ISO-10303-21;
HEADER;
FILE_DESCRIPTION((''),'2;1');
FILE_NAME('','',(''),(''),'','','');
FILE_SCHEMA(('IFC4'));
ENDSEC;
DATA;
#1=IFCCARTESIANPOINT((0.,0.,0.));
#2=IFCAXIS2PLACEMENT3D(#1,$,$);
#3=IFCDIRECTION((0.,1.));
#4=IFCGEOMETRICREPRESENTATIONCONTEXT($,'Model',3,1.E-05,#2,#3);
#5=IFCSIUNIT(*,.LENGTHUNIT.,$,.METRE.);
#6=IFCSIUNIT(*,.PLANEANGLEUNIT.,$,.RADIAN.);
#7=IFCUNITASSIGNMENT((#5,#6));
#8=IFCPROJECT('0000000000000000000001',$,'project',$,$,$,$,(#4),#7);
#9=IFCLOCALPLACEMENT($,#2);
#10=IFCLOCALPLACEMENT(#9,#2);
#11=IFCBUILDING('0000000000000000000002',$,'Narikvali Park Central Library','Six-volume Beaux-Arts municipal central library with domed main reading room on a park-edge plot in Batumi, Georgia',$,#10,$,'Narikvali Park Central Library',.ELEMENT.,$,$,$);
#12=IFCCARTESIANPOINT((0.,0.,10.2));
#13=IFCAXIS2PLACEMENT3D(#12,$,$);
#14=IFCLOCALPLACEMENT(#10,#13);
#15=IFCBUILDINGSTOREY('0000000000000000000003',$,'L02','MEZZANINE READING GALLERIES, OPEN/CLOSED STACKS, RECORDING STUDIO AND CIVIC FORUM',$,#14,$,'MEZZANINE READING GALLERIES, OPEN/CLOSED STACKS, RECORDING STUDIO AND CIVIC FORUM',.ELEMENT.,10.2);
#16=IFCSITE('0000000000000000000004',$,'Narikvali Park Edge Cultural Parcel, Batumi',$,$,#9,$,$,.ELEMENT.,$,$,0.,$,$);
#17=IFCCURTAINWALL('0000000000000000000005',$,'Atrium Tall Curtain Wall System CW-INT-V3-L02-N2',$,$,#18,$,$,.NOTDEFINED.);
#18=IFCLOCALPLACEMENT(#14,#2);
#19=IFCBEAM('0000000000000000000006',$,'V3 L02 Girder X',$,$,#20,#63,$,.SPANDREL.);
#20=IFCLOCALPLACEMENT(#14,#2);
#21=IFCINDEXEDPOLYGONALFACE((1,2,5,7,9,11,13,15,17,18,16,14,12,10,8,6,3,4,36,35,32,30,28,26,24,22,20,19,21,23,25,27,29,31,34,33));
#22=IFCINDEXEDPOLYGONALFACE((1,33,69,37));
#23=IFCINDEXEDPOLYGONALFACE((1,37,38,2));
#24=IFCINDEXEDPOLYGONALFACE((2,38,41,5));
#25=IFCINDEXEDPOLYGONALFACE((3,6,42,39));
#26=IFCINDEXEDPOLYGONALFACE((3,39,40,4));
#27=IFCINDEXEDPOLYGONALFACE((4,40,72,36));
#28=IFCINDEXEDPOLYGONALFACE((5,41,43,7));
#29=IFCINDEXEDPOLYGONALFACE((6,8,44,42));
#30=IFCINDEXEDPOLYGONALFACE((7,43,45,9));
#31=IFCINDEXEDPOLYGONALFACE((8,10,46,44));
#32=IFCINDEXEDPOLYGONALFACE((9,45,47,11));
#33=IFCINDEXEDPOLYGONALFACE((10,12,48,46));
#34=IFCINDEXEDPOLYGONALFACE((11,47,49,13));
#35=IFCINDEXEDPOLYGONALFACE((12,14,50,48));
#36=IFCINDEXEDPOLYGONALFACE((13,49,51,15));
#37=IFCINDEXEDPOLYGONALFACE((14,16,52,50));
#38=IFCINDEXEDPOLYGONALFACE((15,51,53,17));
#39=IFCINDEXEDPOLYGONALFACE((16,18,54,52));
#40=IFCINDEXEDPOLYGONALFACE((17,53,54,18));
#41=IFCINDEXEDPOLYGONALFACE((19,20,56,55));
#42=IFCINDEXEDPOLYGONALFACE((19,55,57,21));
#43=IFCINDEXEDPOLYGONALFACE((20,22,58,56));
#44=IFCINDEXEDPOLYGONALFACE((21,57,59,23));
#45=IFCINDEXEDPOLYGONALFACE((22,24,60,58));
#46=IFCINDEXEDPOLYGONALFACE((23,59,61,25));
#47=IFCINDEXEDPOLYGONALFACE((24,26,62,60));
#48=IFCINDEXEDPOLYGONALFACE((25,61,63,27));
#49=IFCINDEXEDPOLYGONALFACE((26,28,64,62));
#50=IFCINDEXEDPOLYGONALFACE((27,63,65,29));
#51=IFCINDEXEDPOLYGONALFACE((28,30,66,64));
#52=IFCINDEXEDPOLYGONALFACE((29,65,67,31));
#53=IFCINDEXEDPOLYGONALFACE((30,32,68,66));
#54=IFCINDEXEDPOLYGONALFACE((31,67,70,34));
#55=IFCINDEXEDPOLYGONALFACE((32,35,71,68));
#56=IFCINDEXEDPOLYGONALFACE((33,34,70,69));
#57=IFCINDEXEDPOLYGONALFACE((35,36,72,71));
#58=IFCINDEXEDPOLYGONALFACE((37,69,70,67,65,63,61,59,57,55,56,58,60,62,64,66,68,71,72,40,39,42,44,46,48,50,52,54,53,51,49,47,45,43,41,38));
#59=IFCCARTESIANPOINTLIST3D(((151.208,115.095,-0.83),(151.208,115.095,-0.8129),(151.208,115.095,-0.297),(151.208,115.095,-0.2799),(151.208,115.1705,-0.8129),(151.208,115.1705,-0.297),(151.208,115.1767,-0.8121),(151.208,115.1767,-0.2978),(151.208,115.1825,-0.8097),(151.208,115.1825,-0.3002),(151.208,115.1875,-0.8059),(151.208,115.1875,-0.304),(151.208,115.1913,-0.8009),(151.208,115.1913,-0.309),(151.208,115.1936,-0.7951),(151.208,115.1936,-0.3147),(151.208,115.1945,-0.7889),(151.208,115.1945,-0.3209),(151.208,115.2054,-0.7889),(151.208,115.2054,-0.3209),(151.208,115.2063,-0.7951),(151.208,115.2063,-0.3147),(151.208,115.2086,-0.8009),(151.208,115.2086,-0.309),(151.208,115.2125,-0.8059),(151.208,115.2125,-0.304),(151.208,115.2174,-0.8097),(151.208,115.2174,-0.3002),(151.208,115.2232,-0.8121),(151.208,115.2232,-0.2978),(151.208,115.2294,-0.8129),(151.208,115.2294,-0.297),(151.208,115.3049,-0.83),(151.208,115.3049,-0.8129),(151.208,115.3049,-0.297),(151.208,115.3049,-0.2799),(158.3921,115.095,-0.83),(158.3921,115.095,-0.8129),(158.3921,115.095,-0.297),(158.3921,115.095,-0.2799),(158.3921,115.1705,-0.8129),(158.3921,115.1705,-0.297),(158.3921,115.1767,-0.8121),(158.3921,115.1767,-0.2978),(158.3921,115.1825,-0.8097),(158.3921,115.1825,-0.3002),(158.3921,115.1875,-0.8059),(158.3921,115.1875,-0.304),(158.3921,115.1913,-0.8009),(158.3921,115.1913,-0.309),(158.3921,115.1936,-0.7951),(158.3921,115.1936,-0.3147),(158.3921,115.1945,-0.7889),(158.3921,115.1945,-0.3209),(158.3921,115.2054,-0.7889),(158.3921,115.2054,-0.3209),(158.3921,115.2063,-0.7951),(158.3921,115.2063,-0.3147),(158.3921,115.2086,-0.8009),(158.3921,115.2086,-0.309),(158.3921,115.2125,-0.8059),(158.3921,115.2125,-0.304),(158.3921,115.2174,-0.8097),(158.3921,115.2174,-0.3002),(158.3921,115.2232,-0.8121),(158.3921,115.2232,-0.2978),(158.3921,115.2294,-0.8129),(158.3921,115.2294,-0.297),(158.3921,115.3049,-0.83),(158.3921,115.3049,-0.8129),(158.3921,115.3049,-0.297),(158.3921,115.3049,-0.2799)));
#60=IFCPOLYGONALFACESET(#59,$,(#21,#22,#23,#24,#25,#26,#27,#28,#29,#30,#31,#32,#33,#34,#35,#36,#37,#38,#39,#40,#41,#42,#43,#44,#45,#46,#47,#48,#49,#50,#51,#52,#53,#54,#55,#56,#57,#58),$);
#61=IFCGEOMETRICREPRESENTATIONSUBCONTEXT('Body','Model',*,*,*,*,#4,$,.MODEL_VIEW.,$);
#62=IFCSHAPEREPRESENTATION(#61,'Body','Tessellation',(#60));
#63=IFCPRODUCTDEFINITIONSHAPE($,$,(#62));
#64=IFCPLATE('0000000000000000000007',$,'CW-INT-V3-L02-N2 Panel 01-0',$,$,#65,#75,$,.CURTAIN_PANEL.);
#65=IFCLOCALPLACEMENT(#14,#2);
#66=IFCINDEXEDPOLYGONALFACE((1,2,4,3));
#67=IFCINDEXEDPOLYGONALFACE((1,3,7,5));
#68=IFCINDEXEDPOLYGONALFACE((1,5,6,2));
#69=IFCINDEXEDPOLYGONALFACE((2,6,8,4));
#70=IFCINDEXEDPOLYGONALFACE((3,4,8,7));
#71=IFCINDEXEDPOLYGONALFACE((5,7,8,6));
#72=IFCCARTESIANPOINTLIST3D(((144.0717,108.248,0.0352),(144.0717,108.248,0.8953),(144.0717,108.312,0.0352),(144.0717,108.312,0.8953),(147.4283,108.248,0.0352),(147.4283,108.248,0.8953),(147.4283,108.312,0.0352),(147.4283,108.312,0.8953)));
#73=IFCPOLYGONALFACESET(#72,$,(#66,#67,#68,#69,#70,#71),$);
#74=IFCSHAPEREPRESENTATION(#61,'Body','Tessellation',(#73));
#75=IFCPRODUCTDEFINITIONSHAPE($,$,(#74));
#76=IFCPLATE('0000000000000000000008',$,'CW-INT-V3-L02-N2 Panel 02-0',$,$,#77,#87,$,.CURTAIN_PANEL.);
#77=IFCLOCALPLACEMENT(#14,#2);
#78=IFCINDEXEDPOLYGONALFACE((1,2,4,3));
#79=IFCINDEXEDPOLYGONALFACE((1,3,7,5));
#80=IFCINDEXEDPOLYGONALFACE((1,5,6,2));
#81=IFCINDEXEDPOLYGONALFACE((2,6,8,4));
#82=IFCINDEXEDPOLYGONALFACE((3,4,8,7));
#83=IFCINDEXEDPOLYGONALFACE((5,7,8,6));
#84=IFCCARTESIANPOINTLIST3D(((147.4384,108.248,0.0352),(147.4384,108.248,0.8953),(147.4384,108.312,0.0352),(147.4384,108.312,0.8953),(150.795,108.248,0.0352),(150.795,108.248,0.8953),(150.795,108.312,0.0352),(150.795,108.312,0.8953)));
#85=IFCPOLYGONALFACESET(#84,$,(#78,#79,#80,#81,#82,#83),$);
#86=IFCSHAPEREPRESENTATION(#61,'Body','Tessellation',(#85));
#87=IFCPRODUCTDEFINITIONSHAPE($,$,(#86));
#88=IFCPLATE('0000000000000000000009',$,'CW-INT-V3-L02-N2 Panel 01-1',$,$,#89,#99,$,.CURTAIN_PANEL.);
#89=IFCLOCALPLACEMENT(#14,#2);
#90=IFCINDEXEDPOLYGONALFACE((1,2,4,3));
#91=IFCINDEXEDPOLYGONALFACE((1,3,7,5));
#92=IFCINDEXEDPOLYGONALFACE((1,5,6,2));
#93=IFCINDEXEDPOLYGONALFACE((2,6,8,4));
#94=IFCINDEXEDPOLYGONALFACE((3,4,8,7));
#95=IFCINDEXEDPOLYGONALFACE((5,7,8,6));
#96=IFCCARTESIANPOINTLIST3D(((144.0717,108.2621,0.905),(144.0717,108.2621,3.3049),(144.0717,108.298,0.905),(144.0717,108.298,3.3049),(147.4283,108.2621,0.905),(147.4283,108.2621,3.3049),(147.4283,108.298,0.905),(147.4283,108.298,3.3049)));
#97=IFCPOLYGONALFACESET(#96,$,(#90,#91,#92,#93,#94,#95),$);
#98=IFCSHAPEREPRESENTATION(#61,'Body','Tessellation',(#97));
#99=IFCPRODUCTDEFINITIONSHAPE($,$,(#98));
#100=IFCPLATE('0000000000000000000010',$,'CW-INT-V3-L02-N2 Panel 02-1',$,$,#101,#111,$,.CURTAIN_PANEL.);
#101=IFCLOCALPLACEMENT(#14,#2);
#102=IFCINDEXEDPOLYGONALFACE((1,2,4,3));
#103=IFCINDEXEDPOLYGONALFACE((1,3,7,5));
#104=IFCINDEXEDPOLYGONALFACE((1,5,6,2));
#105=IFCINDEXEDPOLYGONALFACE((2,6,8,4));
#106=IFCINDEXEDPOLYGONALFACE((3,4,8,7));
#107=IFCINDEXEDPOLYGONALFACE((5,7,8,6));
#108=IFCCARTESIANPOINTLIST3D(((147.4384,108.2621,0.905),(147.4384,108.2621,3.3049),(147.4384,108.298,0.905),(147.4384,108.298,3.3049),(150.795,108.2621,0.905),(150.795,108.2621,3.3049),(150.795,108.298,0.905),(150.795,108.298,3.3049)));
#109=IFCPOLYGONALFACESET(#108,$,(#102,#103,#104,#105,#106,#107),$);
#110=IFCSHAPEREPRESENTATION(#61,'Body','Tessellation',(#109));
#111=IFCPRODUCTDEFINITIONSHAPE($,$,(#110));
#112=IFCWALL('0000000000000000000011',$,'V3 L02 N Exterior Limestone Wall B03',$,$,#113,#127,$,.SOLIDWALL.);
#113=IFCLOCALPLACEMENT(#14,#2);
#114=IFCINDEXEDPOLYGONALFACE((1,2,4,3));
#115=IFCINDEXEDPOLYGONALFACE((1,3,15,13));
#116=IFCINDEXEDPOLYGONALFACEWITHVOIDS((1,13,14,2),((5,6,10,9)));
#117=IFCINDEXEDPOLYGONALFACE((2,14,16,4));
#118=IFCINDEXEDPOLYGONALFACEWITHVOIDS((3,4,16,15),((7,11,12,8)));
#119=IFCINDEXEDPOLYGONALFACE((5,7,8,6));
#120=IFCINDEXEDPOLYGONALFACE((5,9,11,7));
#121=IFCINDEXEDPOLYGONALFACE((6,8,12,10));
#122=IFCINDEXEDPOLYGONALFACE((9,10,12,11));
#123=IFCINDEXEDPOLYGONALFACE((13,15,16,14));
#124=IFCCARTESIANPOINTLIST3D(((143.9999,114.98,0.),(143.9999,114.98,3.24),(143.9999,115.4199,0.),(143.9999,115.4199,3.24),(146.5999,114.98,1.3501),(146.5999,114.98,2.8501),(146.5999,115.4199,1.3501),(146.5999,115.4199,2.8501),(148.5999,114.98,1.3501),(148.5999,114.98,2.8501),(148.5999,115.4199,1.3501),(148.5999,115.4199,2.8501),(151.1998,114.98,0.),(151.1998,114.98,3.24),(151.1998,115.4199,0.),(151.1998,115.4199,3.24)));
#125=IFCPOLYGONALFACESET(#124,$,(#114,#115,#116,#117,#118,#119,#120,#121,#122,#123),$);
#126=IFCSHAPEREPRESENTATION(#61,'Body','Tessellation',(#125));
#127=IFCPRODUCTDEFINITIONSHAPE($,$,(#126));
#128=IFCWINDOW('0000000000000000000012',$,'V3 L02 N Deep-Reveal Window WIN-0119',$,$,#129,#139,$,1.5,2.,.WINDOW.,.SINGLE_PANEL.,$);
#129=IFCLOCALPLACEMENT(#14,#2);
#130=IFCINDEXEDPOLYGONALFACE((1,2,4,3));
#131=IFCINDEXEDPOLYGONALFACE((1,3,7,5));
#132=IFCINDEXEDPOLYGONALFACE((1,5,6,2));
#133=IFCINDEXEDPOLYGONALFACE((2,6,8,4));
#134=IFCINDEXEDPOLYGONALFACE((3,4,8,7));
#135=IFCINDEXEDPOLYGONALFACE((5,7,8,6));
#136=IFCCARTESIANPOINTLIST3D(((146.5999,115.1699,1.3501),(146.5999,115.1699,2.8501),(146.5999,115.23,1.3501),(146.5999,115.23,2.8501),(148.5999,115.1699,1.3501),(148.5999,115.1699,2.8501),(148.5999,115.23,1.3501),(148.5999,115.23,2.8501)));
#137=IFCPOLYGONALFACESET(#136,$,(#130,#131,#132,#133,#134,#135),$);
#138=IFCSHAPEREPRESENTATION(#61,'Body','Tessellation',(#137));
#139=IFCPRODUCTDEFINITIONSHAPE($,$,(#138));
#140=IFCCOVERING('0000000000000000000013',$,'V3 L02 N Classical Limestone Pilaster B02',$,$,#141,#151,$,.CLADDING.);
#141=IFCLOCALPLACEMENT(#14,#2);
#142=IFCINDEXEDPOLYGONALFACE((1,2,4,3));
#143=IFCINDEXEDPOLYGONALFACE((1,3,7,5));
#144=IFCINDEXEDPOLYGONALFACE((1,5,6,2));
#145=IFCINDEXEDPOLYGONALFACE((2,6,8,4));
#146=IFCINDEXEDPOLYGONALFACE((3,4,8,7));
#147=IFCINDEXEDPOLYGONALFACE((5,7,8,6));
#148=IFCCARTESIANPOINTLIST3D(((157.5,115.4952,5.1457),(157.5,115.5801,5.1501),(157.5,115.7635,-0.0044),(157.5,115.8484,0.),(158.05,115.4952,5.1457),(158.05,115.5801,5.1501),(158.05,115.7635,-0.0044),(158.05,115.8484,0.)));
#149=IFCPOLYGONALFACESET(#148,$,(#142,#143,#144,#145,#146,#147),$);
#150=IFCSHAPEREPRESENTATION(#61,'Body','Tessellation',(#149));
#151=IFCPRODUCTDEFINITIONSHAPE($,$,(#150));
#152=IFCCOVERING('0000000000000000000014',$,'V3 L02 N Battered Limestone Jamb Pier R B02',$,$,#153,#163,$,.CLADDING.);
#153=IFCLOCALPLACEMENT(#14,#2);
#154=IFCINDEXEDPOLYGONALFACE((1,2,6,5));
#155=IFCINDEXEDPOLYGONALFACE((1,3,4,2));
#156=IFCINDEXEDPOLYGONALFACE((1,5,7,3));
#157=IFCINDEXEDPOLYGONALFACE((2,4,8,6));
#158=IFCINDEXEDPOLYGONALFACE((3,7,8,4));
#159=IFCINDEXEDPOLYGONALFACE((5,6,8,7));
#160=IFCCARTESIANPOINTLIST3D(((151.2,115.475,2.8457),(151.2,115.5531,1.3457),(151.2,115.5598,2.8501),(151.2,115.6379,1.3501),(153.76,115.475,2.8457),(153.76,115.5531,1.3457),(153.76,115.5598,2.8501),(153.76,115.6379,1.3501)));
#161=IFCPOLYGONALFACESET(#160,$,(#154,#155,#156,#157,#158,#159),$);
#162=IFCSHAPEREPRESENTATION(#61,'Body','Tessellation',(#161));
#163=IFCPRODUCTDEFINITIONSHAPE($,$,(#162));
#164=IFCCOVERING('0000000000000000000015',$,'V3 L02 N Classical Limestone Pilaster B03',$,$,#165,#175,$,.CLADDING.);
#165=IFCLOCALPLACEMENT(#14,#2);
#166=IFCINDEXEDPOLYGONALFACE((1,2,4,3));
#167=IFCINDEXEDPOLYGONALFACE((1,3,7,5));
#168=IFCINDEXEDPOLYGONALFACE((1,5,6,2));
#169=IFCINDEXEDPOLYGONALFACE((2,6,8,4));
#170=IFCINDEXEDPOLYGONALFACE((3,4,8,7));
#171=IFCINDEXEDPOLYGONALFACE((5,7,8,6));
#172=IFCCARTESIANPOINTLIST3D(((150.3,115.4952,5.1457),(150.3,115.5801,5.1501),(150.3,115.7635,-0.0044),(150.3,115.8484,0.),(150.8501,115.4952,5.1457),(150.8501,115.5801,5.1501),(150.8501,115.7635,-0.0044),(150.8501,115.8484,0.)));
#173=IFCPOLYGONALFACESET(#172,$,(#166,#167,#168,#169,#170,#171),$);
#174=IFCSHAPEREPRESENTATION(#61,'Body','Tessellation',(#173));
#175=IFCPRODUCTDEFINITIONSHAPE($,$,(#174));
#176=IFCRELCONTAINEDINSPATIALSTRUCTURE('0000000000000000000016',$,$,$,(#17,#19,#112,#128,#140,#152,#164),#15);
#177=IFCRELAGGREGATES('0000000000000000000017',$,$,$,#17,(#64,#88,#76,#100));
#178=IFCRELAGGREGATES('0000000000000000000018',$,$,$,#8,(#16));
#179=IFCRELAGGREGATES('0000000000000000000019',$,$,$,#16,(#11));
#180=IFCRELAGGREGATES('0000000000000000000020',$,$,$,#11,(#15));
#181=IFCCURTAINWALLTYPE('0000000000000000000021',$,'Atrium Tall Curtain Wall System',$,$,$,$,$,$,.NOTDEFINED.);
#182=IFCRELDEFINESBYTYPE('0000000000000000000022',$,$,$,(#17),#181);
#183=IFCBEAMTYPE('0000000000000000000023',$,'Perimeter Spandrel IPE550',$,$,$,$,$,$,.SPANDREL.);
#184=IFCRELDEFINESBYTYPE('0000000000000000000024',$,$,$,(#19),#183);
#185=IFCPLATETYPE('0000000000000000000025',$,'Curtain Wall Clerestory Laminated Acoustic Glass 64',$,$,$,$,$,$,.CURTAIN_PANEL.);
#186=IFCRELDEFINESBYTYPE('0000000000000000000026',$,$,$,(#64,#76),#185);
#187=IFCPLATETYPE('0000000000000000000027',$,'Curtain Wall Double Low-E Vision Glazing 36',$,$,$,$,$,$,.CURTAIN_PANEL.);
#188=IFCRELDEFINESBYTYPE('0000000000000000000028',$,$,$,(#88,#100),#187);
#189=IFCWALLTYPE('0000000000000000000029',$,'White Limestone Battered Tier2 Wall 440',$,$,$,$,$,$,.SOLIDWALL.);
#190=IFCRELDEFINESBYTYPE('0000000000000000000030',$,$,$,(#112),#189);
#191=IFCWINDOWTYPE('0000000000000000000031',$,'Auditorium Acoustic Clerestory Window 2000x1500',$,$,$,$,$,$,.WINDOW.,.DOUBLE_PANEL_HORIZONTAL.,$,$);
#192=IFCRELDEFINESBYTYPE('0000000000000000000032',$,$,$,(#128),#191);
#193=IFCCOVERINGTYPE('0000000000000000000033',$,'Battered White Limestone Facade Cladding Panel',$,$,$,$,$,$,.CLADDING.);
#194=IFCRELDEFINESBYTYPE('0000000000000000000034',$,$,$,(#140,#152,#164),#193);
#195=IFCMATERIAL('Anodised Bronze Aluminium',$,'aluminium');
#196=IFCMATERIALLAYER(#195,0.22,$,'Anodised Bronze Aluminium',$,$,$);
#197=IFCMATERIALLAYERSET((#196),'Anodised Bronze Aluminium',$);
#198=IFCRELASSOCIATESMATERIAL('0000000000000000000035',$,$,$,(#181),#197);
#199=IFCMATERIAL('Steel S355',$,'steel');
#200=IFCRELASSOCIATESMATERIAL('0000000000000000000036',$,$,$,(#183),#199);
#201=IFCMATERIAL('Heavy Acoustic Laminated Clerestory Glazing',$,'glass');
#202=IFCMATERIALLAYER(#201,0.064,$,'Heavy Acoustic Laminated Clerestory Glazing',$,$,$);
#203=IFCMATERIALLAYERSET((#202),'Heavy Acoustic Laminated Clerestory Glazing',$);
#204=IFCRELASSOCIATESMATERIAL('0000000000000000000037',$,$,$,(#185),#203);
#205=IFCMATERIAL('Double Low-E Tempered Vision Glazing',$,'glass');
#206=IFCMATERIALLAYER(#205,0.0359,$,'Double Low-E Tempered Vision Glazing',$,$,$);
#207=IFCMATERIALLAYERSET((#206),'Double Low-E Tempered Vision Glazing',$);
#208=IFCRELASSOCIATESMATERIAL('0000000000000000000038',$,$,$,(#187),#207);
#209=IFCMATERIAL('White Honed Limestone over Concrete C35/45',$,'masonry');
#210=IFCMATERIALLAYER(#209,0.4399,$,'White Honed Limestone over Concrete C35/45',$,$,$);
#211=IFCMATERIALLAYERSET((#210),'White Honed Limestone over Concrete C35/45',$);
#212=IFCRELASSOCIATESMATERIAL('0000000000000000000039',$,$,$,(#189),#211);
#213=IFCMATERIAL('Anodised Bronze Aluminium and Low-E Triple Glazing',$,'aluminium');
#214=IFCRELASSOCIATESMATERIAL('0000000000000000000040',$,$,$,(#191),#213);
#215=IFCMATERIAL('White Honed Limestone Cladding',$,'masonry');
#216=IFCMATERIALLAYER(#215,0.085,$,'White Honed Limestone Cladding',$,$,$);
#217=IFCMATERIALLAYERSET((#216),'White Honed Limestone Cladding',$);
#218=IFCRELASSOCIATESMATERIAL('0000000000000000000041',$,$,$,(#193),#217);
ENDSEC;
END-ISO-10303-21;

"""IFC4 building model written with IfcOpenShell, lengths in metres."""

from ifc_helpers import new_model, si_unit, direction, frame, frame_2d, origin, origin_2d, place, context, subcontext, project, spatial, polyline, rectangle, i_section, outline, extrude, material, layer, layer_set, material_profile, profile_set, type_object, element, fill, aggregate, save


model = new_model("IFC4")

# Units and contexts
model_context = context("Model", 3, precision=1e-05, world=origin(), true_north=direction((0.0, 1.0)))
body_context = subcontext(model_context, "Body", "Model", "MODEL_VIEW")
ifc_project = project(units=[si_unit("LENGTHUNIT", "METRE"), si_unit("PLANEANGLEUNIT", "RADIAN")], contexts=[model_context])

# Site, building, storey
site_placement = place(None, origin())
site = spatial("IfcSite", under=ifc_project, at=site_placement, Name="Narikvali Park Edge Cultural Parcel, Batumi", CompositionType="ELEMENT", RefElevation=0.0)
building_placement = place(site_placement, origin())
building = spatial("IfcBuilding", under=site, at=building_placement, Name="Narikvali Park Central Library", Description="Six-volume Beaux-Arts municipal central library with domed main reading room on a park-edge plot in Batumi, Georgia", LongName="Narikvali Park Central Library", CompositionType="ELEMENT")
storey_placement = place(building_placement, frame((0.0, 0.0, 10.2)))
storey = spatial("IfcBuildingStorey", under=building, at=storey_placement, Name="L02", Description="MEZZANINE READING GALLERIES, OPEN/CLOSED STACKS, RECORDING STUDIO AND CIVIC FORUM", LongName="MEZZANINE READING GALLERIES, OPEN/CLOSED STACKS, RECORDING STUDIO AND CIVIC FORUM", CompositionType="ELEMENT", Elevation=10.2)

# Shared definitions
ifc_material_1 = material(Name="Steel S355", Category="steel")

# Curtain wall
ifc_material_2 = material(Name="Anodised Bronze Aluminium", Category="aluminium")
ifc_layer_1 = layer(ifc_material_2, 0.22, Name="Anodised Bronze Aluminium")
ifc_layer_set_1 = layer_set([ifc_layer_1], Name="Anodised Bronze Aluminium")
curtain_wall_type = type_object("IfcCurtainWallType", Name="Atrium Tall Curtain Wall System", PredefinedType="NOTDEFINED", material=ifc_layer_set_1)
curtain_wall_placement = place(storey_placement, origin())
curtain_wall = element("IfcCurtainWall", 1, at=curtain_wall_placement, inside=storey, type_object=curtain_wall_type, Name="Atrium Tall Curtain Wall System CW-INT-V3-L02-N2", PredefinedType="NOTDEFINED")

# Beam
ifc_material_profile_1 = material_profile(ifc_material_1, i_section(OverallWidth=0.21, OverallDepth=0.55, WebThickness=0.011, FlangeThickness=0.0171, FilletRadius=0.0239, at=origin_2d()), Name="IPE 550")
ifc_profile_set_1 = profile_set([ifc_material_profile_1], Name="Steel S355")
beam_type_1 = type_object("IfcBeamType", Name="Perimeter Spandrel IPE550", PredefinedType="SPANDREL", material=ifc_profile_set_1)
beam_1_placement = place(storey_placement, frame((151.208, 115.2, -0.5549), z_axis=(1.0, 0.0, 0.0), x_axis=(0.0, 1.0, 0.0)))
element("IfcBeam", 2, at=beam_1_placement, inside=storey, type_object=beam_type_1, Name="V3 L02 Girder X", PredefinedType="SPANDREL", context=body_context, shape_type="SweptSolid", body=[
    extrude(i_section(OverallWidth=0.21, OverallDepth=0.55, WebThickness=0.011, FlangeThickness=0.0171, FilletRadius=0.0239, at=origin_2d()), origin(), (0.0, 0.0, 1.0), 7.1841),
])

# Plates
ifc_material_3 = material(Name="Heavy Acoustic Laminated Clerestory Glazing", Category="glass")
ifc_layer_2 = layer(ifc_material_3, 0.064, Name="Heavy Acoustic Laminated Clerestory Glazing")
ifc_layer_set_2 = layer_set([ifc_layer_2], Name="Heavy Acoustic Laminated Clerestory Glazing")
plate_type_1 = type_object("IfcPlateType", Name="Curtain Wall Clerestory Laminated Acoustic Glass 64", PredefinedType="CURTAIN_PANEL", material=ifc_layer_set_2)
plate_1_placement = place(storey_placement, frame((145.75, 108.28, 0.0352), z_axis=(0.0, 0.0, 1.0), x_axis=(1.0, 0.0, 0.0)))
plate_1 = element("IfcPlate", 3, at=plate_1_placement, type_object=plate_type_1, Name="CW-INT-V3-L02-N2 Panel 01-0", PredefinedType="CURTAIN_PANEL", context=body_context, shape_type="SweptSolid", body=[
    extrude(rectangle(XDim=3.3567, YDim=0.064, at=origin_2d()), origin(), (0.0, 0.0, 1.0), 0.8601),
])
plate_2_placement = place(storey_placement, frame((149.1167, 108.28, 0.0352), z_axis=(0.0, 0.0, 1.0), x_axis=(1.0, 0.0, 0.0)))
plate_2 = element("IfcPlate", 4, at=plate_2_placement, type_object=plate_type_1, Name="CW-INT-V3-L02-N2 Panel 02-0", PredefinedType="CURTAIN_PANEL", context=body_context, shape_type="SweptSolid", body=[
    extrude(rectangle(XDim=3.3567, YDim=0.064, at=origin_2d()), origin(), (0.0, 0.0, 1.0), 0.8601),
])
ifc_material_4 = material(Name="Double Low-E Tempered Vision Glazing", Category="glass")
ifc_layer_3 = layer(ifc_material_4, 0.0359, Name="Double Low-E Tempered Vision Glazing")
ifc_layer_set_3 = layer_set([ifc_layer_3], Name="Double Low-E Tempered Vision Glazing")
plate_type_2 = type_object("IfcPlateType", Name="Curtain Wall Double Low-E Vision Glazing 36", PredefinedType="CURTAIN_PANEL", material=ifc_layer_set_3)
plate_3_placement = place(storey_placement, frame((145.75, 108.28, 0.905), z_axis=(0.0, 0.0, 1.0), x_axis=(1.0, 0.0, 0.0)))
plate_3 = element("IfcPlate", 5, at=plate_3_placement, type_object=plate_type_2, Name="CW-INT-V3-L02-N2 Panel 01-1", PredefinedType="CURTAIN_PANEL", context=body_context, shape_type="SweptSolid", body=[
    extrude(rectangle(XDim=3.3567, YDim=0.0359, at=origin_2d()), origin(), (0.0, 0.0, 1.0), 2.3999),
])
plate_4_placement = place(storey_placement, frame((149.1167, 108.28, 0.905), z_axis=(0.0, 0.0, 1.0), x_axis=(1.0, 0.0, 0.0)))
plate_4 = element("IfcPlate", 6, at=plate_4_placement, type_object=plate_type_2, Name="CW-INT-V3-L02-N2 Panel 02-1", PredefinedType="CURTAIN_PANEL", context=body_context, shape_type="SweptSolid", body=[
    extrude(rectangle(XDim=3.3567, YDim=0.0359, at=origin_2d()), origin(), (0.0, 0.0, 1.0), 2.3999),
])
aggregate(curtain_wall, [plate_1, plate_3, plate_2, plate_4])

# Wall, opening, window
ifc_material_5 = material(Name="White Honed Limestone over Concrete C35/45", Category="masonry")
ifc_layer_4 = layer(ifc_material_5, 0.4399, Name="White Honed Limestone over Concrete C35/45")
ifc_layer_set_4 = layer_set([ifc_layer_4], Name="White Honed Limestone over Concrete C35/45")
wall_type = type_object("IfcWallType", Name="White Limestone Battered Tier2 Wall 440", PredefinedType="SOLIDWALL", material=ifc_layer_set_4)
wall_placement = place(storey_placement, frame((151.2, 115.2, 0.0), z_axis=(0.0, 0.0, 1.0), x_axis=(-1.0, 0.0, 0.0)))
wall = element("IfcWall", 7, at=wall_placement, inside=storey, type_object=wall_type, Name="V3 L02 N Exterior Limestone Wall B03", PredefinedType="SOLIDWALL", context=body_context, shape_type="SweptSolid", body=[
    extrude(rectangle(XDim=7.2, YDim=0.4399, at=frame_2d((3.6001, 0.0))), origin(), (0.0, 0.0, 1.0), 3.24),
])
opening_placement = place(wall_placement, frame((2.6001, 0.0, 1.3501)))
opening = element("IfcOpeningElement", 8, at=opening_placement, cuts=wall, PredefinedType="OPENING", context=body_context, shape_type="SweptSolid", body=[
    extrude(rectangle(XDim=2.0, YDim=1.5, at=frame_2d((1.0, 0.75))), frame((0.0, 0.2319, 0.0), z_axis=(0.0, -1.0, 0.0), x_axis=(1.0, 0.0, 0.0)), (0.0, 0.0, 1.0), 0.4639),
])
ifc_material_6 = material(Name="Anodised Bronze Aluminium and Low-E Triple Glazing", Category="aluminium")
window_type = type_object("IfcWindowType", Name="Auditorium Acoustic Clerestory Window 2000x1500", PartitioningType="DOUBLE_PANEL_HORIZONTAL", PredefinedType="WINDOW", material=ifc_material_6)
window_placement = place(opening_placement, origin())
window = element("IfcWindow", 9, at=window_placement, inside=storey, type_object=window_type, Name="V3 L02 N Deep-Reveal Window WIN-0119", OverallHeight=1.5, OverallWidth=2.0, PartitioningType="SINGLE_PANEL", PredefinedType="WINDOW", context=body_context, shape_type="SweptSolid", body=[
    extrude(rectangle(XDim=2.0, YDim=1.5, at=frame_2d((1.0, 0.75))), frame((0.0, 0.03, 0.0), z_axis=(0.0, -1.0, 0.0), x_axis=(1.0, 0.0, 0.0)), (0.0, 0.0, 1.0), 0.0601),
])
fill(opening, window)

# Coverings
ifc_material_7 = material(Name="White Honed Limestone Cladding", Category="masonry")
ifc_layer_5 = layer(ifc_material_7, 0.085, Name="White Honed Limestone Cladding")
ifc_layer_set_5 = layer_set([ifc_layer_5], Name="White Honed Limestone Cladding")
covering_type = type_object("IfcCoveringType", Name="Battered White Limestone Facade Cladding Panel", PredefinedType="CLADDING", material=ifc_layer_set_5)
covering_1_placement = place(storey_placement, frame((158.05, 115.8484, 0.0), z_axis=(0.0, 0.998646, 0.052027), x_axis=(-1.0, 0.0, 0.0)))
element("IfcCovering", 10, at=covering_1_placement, inside=storey, type_object=covering_type, Name="V3 L02 N Classical Limestone Pilaster B02", PredefinedType="CLADDING", context=body_context, shape_type="SweptSolid", body=[
    extrude(outline(polyline([(0.0, 0.0), (0.55, 0.0), (0.55, 5.1571), (0.0, 5.1571), (0.0, 0.0)])), origin(), (0.0, 0.0, -1.0), 0.085),
])
covering_2_placement = place(storey_placement, frame((153.76, 115.6379, 1.3501), z_axis=(0.0, 0.998646, 0.052013), x_axis=(-1.0, 0.0, 0.0)))
element("IfcCovering", 11, at=covering_2_placement, inside=storey, type_object=covering_type, Name="V3 L02 N Battered Limestone Jamb Pier R B02", PredefinedType="CLADDING", context=body_context, shape_type="SweptSolid", body=[
    extrude(outline(polyline([(0.0, 0.0), (2.5601, 0.0), (2.5601, 1.502), (0.0, 1.502), (0.0, 0.0)])), origin(), (0.0, 0.0, -1.0), 0.085),
])
covering_3_placement = place(storey_placement, frame((150.8501, 115.8484, 0.0), z_axis=(0.0, 0.998646, 0.052027), x_axis=(-1.0, 0.0, 0.0)))
element("IfcCovering", 12, at=covering_3_placement, inside=storey, type_object=covering_type, Name="V3 L02 N Classical Limestone Pilaster B03", PredefinedType="CLADDING", context=body_context, shape_type="SweptSolid", body=[
    extrude(outline(polyline([(0.0, 0.0), (0.55, 0.0), (0.55, 5.1571), (0.0, 5.1571), (0.0, 0.0)])), origin(), (0.0, 0.0, -1.0), 0.085),
])

save(model, "model.ifc")
